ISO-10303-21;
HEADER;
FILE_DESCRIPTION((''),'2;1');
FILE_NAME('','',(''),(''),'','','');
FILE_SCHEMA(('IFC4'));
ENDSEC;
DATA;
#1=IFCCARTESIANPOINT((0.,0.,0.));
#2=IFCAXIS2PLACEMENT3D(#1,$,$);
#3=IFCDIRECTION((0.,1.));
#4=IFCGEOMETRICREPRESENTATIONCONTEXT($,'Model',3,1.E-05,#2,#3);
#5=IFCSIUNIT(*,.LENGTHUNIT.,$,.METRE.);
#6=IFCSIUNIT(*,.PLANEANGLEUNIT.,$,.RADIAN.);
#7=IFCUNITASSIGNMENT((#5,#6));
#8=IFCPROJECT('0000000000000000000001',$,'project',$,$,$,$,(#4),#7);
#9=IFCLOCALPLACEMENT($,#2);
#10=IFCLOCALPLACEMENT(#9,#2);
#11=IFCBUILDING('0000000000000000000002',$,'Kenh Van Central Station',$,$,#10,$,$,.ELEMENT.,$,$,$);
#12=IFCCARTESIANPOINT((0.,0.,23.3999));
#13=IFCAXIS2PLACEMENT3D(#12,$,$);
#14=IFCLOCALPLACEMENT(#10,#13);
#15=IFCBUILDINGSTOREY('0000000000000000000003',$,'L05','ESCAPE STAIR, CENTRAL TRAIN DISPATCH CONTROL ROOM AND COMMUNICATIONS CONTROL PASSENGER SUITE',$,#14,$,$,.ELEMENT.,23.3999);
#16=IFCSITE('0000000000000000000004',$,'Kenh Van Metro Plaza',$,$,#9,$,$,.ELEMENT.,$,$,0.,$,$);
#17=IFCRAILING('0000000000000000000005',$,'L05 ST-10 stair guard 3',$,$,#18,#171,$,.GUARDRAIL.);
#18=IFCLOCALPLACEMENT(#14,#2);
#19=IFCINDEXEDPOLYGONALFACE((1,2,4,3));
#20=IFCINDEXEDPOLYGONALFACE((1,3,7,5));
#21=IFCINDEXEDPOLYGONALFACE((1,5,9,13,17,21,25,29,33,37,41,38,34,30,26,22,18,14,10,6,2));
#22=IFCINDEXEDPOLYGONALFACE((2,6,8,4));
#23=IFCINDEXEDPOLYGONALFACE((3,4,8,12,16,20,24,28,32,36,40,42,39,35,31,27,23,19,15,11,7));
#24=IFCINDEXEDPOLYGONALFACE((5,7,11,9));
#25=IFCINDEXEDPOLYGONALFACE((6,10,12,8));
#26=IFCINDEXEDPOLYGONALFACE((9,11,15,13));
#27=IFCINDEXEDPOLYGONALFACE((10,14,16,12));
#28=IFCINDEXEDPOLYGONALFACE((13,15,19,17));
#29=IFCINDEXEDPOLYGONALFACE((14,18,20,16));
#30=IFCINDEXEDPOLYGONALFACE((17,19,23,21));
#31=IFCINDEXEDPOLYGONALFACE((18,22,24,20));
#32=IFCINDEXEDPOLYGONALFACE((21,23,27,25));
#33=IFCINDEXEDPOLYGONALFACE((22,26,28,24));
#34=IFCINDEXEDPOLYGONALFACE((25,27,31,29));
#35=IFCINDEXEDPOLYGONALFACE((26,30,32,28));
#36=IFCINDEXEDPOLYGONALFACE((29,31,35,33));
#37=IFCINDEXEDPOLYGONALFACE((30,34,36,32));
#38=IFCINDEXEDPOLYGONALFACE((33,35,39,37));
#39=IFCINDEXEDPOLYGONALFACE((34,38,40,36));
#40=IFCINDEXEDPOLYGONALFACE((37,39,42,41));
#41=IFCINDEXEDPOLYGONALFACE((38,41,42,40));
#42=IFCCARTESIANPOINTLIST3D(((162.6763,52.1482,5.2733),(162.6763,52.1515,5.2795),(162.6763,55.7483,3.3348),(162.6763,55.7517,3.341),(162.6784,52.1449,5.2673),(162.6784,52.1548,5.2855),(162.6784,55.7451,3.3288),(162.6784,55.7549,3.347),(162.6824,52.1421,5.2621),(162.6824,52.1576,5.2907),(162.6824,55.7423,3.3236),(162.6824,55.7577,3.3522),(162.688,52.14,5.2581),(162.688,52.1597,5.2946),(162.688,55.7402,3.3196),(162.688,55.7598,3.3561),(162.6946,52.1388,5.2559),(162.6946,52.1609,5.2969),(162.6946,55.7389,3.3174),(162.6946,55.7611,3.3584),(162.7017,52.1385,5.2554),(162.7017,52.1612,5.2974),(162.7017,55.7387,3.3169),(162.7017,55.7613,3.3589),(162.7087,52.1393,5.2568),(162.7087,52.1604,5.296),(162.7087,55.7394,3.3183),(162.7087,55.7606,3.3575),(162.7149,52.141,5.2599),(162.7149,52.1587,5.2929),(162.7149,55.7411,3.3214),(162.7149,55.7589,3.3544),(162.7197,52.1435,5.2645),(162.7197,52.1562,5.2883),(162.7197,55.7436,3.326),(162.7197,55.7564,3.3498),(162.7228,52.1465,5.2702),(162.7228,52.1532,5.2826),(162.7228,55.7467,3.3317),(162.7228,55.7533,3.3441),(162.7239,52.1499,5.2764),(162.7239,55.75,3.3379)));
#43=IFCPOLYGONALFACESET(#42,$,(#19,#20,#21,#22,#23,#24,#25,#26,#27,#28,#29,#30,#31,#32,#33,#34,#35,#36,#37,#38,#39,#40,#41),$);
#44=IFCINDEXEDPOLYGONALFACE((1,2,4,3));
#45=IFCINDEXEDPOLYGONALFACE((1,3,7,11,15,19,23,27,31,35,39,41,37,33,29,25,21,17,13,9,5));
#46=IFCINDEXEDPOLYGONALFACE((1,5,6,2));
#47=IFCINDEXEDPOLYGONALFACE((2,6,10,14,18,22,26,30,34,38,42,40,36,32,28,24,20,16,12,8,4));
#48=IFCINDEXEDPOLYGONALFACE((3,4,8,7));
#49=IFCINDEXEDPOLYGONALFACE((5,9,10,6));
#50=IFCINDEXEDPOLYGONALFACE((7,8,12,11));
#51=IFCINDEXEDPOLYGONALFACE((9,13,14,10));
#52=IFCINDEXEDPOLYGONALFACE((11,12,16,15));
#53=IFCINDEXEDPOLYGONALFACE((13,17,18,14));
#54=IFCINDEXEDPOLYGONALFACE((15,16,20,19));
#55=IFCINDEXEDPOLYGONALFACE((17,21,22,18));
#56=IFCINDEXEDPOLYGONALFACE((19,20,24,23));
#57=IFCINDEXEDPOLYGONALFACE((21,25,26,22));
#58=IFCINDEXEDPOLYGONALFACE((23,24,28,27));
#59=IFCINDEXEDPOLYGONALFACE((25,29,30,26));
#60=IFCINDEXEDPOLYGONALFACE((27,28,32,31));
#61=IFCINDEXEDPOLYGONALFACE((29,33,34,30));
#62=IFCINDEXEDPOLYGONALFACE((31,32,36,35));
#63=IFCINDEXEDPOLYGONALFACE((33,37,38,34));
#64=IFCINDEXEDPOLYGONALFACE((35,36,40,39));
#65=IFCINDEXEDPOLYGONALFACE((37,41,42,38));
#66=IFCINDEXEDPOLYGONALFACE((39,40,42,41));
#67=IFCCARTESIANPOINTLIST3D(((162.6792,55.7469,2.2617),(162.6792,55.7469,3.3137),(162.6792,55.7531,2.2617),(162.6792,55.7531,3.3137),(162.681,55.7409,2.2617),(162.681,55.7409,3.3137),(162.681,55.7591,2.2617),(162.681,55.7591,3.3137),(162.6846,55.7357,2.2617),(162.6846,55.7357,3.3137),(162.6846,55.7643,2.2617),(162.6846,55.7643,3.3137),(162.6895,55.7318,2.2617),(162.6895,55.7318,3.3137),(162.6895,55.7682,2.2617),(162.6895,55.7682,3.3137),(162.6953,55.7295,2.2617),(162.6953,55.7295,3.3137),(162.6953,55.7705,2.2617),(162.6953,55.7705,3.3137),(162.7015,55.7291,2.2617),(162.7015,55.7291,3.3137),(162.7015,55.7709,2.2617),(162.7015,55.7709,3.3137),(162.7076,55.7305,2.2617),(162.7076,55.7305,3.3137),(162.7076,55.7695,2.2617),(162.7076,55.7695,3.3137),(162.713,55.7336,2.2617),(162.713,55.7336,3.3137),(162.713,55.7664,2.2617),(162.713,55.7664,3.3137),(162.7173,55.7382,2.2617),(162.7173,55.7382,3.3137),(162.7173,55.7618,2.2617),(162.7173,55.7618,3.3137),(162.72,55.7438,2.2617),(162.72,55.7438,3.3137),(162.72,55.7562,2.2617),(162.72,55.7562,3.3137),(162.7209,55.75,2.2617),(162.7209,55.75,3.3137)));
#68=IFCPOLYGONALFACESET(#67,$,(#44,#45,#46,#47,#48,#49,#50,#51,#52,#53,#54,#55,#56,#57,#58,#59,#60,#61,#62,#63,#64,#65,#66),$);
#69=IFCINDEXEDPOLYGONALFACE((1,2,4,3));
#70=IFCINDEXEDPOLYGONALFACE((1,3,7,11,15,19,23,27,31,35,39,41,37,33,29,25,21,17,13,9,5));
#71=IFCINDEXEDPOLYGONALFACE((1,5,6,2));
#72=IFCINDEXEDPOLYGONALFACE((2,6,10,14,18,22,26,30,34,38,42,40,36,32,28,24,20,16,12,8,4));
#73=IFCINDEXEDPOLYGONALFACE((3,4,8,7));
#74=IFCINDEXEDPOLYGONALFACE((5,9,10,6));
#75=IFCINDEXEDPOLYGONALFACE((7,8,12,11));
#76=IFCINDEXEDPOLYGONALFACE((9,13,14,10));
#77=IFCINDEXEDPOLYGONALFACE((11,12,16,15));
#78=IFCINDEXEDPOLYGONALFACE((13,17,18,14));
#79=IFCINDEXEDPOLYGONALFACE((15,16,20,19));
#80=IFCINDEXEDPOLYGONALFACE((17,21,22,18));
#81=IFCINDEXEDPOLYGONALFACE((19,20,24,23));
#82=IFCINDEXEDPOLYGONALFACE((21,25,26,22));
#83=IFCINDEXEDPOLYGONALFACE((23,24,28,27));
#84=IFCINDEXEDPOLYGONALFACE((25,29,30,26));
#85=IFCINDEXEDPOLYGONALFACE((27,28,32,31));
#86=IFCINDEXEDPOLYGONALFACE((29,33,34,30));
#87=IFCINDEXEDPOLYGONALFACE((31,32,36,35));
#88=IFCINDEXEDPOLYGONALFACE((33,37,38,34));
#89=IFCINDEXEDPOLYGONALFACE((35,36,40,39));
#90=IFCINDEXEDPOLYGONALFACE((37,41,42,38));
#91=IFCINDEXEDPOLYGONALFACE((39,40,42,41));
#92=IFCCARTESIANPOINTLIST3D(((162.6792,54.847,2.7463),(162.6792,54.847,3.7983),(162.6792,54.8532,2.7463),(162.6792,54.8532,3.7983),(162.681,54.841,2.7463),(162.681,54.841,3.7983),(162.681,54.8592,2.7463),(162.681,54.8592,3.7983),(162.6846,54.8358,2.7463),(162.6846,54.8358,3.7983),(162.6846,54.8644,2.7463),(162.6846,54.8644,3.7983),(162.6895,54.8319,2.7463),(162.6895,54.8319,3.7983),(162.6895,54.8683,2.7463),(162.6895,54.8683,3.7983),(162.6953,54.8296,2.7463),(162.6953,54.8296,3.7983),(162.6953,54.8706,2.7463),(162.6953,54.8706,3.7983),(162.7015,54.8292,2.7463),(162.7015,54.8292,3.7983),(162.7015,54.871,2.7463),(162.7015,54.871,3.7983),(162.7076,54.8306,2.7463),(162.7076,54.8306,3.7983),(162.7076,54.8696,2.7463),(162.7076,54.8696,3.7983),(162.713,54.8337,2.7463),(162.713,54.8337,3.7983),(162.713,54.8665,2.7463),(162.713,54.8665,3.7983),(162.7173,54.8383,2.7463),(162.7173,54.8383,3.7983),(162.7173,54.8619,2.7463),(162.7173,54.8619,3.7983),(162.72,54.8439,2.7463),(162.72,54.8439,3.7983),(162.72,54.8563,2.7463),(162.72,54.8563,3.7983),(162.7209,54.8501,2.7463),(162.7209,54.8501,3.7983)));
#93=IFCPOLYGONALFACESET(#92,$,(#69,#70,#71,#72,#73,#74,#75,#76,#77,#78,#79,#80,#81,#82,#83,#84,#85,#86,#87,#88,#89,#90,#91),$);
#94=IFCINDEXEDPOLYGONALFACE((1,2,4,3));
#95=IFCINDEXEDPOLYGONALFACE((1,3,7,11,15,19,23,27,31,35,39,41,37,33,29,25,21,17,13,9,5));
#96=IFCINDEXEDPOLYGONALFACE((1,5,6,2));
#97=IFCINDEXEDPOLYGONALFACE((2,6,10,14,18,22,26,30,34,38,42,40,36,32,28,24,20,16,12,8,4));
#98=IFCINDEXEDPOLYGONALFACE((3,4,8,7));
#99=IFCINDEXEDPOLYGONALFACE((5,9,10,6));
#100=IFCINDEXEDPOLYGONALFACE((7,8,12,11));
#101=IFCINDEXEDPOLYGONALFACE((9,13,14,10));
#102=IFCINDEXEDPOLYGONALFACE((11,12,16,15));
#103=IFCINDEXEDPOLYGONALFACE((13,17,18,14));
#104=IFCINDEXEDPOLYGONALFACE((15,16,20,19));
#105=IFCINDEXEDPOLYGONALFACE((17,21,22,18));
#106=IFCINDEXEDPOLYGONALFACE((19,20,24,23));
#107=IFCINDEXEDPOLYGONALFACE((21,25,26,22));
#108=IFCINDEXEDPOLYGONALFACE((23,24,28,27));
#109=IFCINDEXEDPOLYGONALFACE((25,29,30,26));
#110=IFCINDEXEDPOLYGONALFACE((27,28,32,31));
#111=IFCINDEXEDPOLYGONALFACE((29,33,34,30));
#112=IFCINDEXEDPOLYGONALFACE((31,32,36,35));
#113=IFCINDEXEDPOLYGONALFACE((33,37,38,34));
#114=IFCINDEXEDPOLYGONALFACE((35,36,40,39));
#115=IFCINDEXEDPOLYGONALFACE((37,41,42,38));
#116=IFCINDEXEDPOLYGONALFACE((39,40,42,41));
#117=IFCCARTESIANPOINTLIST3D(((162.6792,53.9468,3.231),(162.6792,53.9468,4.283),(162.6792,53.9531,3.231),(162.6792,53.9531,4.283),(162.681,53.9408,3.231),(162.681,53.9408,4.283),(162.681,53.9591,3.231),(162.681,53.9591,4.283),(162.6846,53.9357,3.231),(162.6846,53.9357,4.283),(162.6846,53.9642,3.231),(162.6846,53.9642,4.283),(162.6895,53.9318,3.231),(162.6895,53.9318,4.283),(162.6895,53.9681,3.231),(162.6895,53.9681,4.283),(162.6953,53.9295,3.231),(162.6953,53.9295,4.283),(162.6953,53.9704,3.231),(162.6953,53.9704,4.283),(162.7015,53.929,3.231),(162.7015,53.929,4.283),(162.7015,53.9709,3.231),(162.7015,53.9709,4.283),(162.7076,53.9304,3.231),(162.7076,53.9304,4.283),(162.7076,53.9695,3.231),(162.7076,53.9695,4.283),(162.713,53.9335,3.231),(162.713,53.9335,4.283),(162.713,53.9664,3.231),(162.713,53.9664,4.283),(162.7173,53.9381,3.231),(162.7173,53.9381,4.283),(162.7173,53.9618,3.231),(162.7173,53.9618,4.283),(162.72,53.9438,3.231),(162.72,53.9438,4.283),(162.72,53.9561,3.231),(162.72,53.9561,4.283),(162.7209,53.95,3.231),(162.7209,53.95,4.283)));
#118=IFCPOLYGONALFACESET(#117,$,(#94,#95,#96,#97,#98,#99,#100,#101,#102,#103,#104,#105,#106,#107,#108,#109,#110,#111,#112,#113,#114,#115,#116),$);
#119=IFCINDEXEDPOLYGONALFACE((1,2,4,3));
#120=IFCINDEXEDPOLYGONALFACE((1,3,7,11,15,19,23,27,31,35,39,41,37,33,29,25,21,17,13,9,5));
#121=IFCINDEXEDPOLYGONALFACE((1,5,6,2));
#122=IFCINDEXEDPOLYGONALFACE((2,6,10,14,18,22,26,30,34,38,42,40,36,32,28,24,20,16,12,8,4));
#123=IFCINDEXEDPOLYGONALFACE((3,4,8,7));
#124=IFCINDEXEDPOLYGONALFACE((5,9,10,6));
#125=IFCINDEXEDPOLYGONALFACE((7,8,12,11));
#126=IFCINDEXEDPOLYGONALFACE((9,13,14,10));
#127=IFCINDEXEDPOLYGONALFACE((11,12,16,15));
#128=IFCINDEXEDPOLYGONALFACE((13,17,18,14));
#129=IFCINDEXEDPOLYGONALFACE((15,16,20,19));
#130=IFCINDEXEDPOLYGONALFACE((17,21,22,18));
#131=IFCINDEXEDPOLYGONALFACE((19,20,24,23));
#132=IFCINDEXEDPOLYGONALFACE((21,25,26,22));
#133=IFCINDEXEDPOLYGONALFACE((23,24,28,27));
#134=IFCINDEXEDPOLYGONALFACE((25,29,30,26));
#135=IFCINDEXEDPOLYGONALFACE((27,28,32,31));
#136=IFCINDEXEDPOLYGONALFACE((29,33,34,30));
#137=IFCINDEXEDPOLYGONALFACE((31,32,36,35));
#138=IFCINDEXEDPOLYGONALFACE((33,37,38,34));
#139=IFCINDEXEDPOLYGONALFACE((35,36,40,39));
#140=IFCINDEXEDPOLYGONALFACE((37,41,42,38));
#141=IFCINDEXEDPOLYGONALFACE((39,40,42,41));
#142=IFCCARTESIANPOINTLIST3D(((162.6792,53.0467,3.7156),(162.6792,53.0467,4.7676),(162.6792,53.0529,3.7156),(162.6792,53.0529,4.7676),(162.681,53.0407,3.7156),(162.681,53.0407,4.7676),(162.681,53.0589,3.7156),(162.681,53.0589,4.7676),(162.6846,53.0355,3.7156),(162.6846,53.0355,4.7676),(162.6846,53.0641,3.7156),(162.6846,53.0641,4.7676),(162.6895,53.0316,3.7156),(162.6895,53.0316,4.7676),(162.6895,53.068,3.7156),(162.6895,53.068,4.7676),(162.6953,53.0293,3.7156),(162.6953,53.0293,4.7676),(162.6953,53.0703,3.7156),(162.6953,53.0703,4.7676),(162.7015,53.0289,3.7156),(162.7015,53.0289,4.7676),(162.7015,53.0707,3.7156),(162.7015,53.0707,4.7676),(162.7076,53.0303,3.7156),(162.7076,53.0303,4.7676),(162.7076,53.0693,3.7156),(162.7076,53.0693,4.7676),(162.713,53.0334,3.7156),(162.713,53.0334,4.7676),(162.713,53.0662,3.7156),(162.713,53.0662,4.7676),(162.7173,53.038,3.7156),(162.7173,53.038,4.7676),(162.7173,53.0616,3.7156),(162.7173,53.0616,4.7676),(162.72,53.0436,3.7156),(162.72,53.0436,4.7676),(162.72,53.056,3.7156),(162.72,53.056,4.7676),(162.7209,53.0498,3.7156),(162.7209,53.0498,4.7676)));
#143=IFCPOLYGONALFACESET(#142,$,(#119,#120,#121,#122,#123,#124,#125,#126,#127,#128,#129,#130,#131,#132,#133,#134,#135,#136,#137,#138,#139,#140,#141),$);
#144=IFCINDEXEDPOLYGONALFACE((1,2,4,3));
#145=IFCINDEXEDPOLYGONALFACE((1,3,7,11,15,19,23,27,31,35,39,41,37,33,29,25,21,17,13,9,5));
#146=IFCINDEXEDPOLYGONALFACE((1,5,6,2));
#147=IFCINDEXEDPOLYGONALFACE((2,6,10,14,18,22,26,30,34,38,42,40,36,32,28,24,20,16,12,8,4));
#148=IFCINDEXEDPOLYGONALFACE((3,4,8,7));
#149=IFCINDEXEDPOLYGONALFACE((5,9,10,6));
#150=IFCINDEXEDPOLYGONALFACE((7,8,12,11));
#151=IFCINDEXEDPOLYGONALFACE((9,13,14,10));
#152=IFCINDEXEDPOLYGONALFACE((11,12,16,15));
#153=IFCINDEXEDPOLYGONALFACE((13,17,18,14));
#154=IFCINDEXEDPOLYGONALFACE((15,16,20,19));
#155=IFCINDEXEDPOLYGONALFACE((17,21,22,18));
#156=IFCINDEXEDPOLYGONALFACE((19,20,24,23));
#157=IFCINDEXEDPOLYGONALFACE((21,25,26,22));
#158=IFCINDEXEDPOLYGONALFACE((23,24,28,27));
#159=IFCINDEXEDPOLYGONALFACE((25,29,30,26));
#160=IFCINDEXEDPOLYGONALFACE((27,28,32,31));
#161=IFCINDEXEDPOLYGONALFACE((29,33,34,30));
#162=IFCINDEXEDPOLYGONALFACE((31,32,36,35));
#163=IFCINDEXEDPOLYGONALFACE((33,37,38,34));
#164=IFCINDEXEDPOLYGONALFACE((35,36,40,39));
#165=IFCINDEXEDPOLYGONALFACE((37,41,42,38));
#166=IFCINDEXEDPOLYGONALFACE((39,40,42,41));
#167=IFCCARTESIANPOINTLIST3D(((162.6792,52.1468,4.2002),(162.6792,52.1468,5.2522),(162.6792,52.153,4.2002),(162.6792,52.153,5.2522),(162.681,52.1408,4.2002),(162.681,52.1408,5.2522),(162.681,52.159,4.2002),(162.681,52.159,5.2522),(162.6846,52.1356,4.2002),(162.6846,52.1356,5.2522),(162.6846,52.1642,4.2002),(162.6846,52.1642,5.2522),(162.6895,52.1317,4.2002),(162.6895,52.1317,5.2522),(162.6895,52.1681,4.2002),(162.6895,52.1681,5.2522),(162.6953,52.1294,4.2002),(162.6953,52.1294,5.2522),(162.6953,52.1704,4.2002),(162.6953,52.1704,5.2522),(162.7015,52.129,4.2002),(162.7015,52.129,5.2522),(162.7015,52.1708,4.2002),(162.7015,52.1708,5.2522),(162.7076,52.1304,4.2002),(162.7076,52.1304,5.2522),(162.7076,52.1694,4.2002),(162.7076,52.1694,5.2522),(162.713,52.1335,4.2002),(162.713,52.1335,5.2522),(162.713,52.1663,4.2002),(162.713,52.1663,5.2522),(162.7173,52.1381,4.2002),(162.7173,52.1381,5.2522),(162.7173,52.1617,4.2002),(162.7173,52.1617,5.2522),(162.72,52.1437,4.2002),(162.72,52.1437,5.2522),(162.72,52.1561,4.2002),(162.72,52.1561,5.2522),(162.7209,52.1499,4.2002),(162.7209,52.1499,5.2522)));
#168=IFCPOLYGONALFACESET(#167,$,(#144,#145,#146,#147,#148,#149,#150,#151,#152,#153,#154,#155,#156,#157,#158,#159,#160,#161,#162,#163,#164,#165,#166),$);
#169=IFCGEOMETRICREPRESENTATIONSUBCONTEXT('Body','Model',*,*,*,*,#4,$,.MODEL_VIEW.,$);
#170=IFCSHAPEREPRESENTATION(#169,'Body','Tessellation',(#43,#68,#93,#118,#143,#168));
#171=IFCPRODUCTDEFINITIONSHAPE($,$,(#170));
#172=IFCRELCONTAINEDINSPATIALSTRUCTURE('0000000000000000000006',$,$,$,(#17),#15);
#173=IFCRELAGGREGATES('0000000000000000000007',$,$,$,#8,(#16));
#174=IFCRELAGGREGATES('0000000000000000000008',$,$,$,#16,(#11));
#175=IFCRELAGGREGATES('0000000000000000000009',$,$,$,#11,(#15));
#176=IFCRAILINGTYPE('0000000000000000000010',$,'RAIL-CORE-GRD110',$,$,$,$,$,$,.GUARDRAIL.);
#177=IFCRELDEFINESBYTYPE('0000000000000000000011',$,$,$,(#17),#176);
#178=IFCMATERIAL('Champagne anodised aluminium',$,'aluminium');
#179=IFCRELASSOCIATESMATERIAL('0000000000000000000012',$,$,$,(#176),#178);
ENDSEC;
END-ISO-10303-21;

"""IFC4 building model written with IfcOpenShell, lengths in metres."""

from ifc_helpers import new_model, si_unit, direction, frame, origin, origin_2d, place, context, subcontext, project, spatial, circle, extrude, material, type_object, element, save


model = new_model("IFC4")

# Units and contexts
model_context = context("Model", 3, precision=1e-05, world=origin(), true_north=direction((0.0, 1.0)))
body_context = subcontext(model_context, "Body", "Model", "MODEL_VIEW")
ifc_project = project(units=[si_unit("LENGTHUNIT", "METRE"), si_unit("PLANEANGLEUNIT", "RADIAN")], contexts=[model_context])

# Site, building, storey
site_placement = place(None, origin())
site = spatial("IfcSite", under=ifc_project, at=site_placement, Name="Kenh Van Metro Plaza", CompositionType="ELEMENT", RefElevation=0.0)
building_placement = place(site_placement, origin())
building = spatial("IfcBuilding", under=site, at=building_placement, Name="Kenh Van Central Station", CompositionType="ELEMENT")
storey_placement = place(building_placement, frame((0.0, 0.0, 23.3999)))
storey = spatial("IfcBuildingStorey", under=building, at=storey_placement, Name="L05", Description="ESCAPE STAIR, CENTRAL TRAIN DISPATCH CONTROL ROOM AND COMMUNICATIONS CONTROL PASSENGER SUITE", CompositionType="ELEMENT", Elevation=23.3999)

# Shared definitions
ifc_material_1 = material(Name="Champagne anodised aluminium", Category="aluminium")

# Railing
railing_type_1 = type_object("IfcRailingType", Name="RAIL-CORE-GRD110", PredefinedType="GUARDRAIL", material=ifc_material_1)
railing_1_placement = place(storey_placement, frame((162.7, 55.75, 2.2617)))
element("IfcRailing", 1, at=railing_1_placement, inside=storey, type_object=railing_type_1, Name="L05 ST-10 stair guard 3", PredefinedType="GUARDRAIL", context=body_context, shape_type="SweptSolid", body=[
    extrude(circle(Radius=0.0239, at=origin_2d()), frame((0.0, 0.0, 1.0762), z_axis=(0.0, -0.880475, 0.474093), x_axis=(1.0, 0.0, 0.0)), (0.0, 0.0, 1.0), 4.0889),
    extrude(circle(Radius=0.021, at=origin_2d()), origin(), (0.0, 0.0, 1.0), 1.052),
    extrude(circle(Radius=0.021, at=origin_2d()), frame((0.0, -0.8999, 0.4846)), (0.0, 0.0, 1.0), 1.052),
    extrude(circle(Radius=0.021, at=origin_2d()), frame((0.0, -1.8, 0.9692)), (0.0, 0.0, 1.0), 1.052),
    extrude(circle(Radius=0.021, at=origin_2d()), frame((0.0, -2.7002, 1.4539)), (0.0, 0.0, 1.0), 1.052),
    extrude(circle(Radius=0.021, at=origin_2d()), frame((0.0, -3.6001, 1.9385)), (0.0, 0.0, 1.0), 1.052),
])

save(model, "model.ifc")
